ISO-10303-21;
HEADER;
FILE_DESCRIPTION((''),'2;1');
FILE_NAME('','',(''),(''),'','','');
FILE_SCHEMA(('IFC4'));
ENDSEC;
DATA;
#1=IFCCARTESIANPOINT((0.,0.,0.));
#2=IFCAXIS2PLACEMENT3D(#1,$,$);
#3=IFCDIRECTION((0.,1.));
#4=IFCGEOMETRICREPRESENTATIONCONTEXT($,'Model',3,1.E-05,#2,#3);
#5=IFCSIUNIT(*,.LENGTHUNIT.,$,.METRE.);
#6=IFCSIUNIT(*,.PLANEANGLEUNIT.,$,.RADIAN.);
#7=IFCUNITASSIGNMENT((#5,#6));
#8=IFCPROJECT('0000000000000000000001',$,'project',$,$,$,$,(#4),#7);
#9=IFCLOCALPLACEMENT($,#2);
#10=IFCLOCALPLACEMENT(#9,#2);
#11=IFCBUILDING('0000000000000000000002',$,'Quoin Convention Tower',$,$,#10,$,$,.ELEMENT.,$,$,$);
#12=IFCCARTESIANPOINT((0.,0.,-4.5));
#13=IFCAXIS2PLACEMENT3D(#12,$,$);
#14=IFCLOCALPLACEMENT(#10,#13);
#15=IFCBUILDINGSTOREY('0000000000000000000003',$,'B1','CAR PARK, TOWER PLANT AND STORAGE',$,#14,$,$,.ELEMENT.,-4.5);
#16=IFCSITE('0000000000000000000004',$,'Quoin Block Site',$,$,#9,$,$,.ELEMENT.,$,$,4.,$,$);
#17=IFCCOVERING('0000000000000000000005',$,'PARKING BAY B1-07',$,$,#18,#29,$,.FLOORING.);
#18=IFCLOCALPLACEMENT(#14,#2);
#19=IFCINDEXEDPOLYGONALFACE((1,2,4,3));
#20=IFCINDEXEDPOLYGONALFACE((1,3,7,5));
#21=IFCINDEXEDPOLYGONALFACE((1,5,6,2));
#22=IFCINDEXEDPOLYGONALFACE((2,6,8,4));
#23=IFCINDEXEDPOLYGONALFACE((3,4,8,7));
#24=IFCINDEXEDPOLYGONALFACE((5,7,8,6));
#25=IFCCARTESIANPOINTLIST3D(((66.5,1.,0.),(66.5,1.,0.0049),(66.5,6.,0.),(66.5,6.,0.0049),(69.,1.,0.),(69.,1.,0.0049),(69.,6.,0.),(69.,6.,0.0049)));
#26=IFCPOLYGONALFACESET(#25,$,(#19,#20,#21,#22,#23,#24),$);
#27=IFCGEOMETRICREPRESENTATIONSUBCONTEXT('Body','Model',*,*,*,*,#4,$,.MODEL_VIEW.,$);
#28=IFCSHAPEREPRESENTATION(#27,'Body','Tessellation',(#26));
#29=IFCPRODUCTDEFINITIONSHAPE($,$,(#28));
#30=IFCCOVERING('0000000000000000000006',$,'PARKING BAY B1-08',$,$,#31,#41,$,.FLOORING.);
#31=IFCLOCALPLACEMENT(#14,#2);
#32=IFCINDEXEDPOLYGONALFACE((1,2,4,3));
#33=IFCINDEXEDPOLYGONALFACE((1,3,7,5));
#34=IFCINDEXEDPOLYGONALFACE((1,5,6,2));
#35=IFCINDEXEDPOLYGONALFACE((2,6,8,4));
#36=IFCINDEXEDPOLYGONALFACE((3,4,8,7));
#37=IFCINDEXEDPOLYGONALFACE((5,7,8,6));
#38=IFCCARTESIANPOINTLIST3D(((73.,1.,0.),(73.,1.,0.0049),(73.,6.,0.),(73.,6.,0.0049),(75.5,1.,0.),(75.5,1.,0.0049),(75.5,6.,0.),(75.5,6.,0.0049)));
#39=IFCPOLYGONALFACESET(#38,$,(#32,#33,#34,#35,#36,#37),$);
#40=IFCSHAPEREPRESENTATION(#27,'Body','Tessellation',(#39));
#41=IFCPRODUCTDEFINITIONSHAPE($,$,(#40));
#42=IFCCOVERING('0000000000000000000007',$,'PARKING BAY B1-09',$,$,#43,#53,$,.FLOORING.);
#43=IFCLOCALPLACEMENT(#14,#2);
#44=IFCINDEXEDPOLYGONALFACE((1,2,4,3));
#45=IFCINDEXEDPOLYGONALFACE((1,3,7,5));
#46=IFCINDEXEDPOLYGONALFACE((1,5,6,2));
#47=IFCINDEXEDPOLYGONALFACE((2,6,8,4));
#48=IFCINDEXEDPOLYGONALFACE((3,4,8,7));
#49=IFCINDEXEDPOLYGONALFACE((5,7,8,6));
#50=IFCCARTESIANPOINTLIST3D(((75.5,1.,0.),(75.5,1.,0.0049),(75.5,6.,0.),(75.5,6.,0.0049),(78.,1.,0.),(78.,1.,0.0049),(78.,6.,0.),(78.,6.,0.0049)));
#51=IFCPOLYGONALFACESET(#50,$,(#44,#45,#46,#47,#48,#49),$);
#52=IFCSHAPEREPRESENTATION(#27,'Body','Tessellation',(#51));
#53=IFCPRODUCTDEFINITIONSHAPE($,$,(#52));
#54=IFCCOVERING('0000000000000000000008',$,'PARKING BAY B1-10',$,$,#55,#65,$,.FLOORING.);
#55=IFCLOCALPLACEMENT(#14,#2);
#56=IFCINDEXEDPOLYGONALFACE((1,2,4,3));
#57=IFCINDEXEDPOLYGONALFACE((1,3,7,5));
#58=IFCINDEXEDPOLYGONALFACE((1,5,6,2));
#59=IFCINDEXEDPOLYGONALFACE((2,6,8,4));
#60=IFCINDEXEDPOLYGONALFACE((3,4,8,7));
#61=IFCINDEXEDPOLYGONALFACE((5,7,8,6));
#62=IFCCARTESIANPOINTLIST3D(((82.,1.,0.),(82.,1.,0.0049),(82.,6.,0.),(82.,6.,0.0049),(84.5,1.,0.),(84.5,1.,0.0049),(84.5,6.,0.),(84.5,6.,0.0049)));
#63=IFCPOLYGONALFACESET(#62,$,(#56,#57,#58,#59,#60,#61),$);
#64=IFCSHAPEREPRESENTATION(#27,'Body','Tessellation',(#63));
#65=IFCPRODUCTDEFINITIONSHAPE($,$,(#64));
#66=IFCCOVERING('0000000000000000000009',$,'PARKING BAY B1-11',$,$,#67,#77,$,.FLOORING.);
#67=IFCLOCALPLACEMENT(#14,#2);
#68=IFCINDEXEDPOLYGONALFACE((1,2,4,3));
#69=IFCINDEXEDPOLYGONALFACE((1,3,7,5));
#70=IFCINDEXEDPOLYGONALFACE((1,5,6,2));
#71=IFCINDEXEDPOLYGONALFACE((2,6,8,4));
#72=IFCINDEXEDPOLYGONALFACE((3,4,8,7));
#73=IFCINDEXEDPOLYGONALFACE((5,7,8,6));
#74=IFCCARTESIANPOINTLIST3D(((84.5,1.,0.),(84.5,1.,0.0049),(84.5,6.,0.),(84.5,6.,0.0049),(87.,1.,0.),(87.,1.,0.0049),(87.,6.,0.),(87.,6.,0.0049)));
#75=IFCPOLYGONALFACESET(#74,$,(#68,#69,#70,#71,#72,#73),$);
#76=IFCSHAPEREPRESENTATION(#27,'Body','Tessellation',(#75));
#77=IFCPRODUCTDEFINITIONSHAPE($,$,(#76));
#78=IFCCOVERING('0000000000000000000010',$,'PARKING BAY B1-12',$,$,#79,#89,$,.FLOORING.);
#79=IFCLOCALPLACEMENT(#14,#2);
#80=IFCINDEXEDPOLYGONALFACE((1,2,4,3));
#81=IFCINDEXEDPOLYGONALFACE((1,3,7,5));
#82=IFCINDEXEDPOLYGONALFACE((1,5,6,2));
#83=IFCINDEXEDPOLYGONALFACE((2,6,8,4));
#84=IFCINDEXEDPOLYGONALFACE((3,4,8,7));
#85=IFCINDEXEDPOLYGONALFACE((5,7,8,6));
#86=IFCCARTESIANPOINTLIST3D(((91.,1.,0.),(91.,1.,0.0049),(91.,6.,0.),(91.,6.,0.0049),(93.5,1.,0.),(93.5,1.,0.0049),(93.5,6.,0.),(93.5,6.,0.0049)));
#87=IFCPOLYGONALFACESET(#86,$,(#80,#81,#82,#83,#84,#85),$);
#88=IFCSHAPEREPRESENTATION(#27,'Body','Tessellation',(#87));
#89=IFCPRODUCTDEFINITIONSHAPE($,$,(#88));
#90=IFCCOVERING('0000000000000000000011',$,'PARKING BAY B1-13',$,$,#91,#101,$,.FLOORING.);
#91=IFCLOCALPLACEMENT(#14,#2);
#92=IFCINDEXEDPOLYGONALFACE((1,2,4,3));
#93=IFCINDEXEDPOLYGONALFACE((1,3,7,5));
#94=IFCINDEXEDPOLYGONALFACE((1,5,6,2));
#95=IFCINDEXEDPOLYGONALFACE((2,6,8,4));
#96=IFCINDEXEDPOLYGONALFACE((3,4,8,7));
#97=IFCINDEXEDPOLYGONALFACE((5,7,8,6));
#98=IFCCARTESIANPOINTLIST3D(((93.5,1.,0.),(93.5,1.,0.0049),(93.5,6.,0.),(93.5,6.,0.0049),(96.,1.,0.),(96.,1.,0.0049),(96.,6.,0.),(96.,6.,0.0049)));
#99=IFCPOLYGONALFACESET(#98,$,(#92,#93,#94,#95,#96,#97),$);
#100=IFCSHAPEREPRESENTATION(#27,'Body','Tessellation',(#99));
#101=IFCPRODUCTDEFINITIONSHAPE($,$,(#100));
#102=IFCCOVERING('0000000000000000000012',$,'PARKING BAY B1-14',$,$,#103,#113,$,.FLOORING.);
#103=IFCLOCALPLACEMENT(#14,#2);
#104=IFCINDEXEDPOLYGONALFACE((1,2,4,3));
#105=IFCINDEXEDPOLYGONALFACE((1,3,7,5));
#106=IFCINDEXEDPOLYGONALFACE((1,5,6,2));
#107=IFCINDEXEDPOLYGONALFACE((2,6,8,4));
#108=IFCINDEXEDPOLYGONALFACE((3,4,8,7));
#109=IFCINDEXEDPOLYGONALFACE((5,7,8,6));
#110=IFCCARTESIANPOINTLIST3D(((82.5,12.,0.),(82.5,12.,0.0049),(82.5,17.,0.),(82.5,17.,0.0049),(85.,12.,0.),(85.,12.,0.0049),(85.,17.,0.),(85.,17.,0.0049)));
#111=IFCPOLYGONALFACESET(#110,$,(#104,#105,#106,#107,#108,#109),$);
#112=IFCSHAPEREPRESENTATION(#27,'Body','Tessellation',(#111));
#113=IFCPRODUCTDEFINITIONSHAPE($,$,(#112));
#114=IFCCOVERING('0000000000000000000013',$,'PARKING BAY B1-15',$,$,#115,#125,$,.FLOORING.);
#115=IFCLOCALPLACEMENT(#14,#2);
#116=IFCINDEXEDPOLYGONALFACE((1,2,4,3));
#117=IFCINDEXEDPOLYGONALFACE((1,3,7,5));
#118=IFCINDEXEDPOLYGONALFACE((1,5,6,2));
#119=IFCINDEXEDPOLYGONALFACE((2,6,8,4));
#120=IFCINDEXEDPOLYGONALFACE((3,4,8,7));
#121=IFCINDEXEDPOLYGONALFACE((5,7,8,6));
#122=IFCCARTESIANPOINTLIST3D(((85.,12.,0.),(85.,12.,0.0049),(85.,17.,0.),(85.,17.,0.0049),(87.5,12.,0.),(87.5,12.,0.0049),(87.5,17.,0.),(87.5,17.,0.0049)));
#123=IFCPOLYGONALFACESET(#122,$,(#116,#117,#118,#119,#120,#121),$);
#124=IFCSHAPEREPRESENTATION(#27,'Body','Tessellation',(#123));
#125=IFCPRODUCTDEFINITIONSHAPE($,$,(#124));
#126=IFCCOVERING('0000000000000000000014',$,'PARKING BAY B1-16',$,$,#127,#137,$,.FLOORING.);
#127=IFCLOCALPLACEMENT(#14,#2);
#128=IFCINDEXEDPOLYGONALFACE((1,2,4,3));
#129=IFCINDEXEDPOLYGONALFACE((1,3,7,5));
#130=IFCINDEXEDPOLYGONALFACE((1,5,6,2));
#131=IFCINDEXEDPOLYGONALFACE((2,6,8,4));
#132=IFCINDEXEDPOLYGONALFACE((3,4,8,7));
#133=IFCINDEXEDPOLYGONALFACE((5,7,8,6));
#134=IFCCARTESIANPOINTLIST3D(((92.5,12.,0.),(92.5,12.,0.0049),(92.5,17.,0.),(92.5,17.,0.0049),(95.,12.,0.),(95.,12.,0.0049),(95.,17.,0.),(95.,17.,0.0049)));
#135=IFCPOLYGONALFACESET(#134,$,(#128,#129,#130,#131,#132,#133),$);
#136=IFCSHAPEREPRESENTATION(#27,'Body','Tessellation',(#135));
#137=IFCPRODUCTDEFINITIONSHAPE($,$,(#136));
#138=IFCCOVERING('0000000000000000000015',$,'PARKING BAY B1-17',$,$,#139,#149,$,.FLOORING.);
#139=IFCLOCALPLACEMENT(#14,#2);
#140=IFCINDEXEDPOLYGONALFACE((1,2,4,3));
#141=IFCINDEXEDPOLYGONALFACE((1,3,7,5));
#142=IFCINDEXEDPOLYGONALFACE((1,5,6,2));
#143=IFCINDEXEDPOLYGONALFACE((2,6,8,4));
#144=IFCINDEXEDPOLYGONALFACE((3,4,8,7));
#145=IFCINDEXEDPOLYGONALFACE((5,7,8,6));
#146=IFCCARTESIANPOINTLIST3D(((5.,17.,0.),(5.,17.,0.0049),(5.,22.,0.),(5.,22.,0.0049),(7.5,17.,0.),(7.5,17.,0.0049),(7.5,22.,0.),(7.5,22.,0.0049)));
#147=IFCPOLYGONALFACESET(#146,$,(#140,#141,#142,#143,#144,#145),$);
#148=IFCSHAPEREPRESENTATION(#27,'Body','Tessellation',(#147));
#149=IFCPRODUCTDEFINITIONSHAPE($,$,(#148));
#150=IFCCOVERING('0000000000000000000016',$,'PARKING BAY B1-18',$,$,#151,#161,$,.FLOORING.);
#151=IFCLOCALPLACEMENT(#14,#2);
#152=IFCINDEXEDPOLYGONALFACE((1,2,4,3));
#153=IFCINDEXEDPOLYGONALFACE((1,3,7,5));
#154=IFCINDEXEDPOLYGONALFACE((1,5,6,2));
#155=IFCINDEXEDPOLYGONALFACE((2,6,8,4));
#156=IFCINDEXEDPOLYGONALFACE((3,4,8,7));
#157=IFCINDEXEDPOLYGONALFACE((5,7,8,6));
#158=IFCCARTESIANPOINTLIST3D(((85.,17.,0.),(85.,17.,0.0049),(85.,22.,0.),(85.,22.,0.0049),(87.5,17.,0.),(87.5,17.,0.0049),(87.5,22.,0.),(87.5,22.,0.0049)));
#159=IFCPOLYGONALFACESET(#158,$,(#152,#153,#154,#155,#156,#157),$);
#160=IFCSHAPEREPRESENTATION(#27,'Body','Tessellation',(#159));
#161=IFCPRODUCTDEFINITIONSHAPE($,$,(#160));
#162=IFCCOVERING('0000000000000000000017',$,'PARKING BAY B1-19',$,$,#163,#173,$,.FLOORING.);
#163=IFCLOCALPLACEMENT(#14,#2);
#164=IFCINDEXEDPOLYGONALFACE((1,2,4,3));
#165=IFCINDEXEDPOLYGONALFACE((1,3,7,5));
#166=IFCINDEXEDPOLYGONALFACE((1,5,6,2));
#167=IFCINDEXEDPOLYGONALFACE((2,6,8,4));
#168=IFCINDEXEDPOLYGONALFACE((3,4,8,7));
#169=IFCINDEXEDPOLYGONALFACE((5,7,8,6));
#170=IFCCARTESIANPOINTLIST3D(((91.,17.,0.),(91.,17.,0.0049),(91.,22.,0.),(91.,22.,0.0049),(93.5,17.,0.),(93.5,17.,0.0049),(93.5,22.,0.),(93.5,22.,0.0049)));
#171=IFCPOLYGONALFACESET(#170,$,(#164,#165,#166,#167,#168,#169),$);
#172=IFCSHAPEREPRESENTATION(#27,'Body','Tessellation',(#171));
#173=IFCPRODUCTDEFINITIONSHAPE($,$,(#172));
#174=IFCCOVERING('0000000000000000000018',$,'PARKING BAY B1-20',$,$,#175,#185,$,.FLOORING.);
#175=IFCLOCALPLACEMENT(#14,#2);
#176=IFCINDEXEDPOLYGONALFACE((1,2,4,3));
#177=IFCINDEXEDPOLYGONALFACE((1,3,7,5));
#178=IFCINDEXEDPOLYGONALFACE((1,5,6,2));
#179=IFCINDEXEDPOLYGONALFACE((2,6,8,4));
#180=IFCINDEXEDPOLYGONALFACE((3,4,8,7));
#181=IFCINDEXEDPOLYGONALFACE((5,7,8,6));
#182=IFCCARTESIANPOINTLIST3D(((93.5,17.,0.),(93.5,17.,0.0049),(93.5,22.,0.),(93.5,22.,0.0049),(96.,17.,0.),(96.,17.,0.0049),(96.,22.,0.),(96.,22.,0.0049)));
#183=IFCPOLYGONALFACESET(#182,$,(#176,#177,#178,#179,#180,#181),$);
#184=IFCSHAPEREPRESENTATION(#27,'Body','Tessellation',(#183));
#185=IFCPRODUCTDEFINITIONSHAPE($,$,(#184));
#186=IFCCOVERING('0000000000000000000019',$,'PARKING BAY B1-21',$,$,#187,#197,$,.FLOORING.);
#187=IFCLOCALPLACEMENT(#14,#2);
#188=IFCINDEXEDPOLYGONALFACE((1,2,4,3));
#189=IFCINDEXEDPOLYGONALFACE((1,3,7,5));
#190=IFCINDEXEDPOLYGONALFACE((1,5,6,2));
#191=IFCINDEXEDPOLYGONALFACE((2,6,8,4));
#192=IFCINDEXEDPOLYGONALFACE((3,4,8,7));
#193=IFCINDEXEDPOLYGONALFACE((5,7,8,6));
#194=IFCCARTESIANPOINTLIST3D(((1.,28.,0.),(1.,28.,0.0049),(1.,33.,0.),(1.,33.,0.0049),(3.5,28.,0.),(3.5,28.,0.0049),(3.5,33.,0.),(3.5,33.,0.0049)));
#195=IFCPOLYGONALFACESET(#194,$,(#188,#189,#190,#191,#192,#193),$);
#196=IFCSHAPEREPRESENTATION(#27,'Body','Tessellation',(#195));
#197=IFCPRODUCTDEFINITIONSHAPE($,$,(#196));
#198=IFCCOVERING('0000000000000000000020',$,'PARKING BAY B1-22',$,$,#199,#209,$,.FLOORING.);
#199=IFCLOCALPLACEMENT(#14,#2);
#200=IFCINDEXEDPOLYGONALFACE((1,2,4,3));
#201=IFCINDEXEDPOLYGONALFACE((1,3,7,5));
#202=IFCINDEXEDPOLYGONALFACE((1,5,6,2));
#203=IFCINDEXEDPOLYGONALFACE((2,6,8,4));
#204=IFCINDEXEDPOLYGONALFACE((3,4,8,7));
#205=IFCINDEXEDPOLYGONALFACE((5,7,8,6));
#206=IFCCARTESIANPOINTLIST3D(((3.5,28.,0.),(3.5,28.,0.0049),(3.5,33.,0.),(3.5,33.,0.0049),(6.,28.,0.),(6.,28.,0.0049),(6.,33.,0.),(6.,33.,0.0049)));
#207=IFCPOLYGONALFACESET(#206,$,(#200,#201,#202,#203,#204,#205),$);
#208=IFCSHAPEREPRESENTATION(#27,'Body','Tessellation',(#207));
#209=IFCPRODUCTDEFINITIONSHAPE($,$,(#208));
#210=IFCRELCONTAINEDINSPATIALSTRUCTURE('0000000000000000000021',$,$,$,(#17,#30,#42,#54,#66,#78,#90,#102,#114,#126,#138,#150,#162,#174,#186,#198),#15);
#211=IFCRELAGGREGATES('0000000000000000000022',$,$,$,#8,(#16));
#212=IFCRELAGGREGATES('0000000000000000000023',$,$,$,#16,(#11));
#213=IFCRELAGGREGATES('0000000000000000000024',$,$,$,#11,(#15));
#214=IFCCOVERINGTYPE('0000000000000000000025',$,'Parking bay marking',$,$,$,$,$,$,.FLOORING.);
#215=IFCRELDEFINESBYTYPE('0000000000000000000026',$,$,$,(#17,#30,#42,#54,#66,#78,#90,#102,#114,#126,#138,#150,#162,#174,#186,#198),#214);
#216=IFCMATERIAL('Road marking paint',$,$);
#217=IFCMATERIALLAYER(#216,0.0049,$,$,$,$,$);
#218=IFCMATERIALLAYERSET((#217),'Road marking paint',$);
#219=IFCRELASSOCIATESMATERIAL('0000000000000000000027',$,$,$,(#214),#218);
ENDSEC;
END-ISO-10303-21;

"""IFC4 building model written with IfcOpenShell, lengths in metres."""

from ifc_helpers import new_model, si_unit, direction, frame, origin, place, context, subcontext, project, spatial, polyline, outline, extrude, material, layer, layer_set, type_object, element, save


model = new_model("IFC4")

# Units and contexts
model_context = context("Model", 3, precision=1e-05, world=origin(), true_north=direction((0.0, 1.0)))
body_context = subcontext(model_context, "Body", "Model", "MODEL_VIEW")
ifc_project = project(units=[si_unit("LENGTHUNIT", "METRE"), si_unit("PLANEANGLEUNIT", "RADIAN")], contexts=[model_context])

# Site, building, storey
site_placement = place(None, origin())
site = spatial("IfcSite", under=ifc_project, at=site_placement, Name="Quoin Block Site", CompositionType="ELEMENT", RefElevation=4.0)
building_placement = place(site_placement, origin())
building = spatial("IfcBuilding", under=site, at=building_placement, Name="Quoin Convention Tower", CompositionType="ELEMENT")
storey_placement = place(building_placement, frame((0.0, 0.0, -4.5)))
storey = spatial("IfcBuildingStorey", under=building, at=storey_placement, Name="B1", Description="CAR PARK, TOWER PLANT AND STORAGE", CompositionType="ELEMENT", Elevation=-4.5)

# Coverings
ifc_material_1 = material(Name="Road marking paint")
ifc_layer_1 = layer(ifc_material_1, 0.0049)
ifc_layer_set_1 = layer_set([ifc_layer_1], Name="Road marking paint")
covering_type = type_object("IfcCoveringType", Name="Parking bay marking", PredefinedType="FLOORING", material=ifc_layer_set_1)
covering_1_placement = place(storey_placement, origin())
element("IfcCovering", 1, at=covering_1_placement, inside=storey, type_object=covering_type, Name="PARKING BAY B1-07", PredefinedType="FLOORING", context=body_context, shape_type="SweptSolid", body=[
    extrude(outline(polyline([(66.5, 1.0), (69.0, 1.0), (69.0, 6.0), (66.5, 6.0), (66.5, 1.0)])), origin(), (0.0, 0.0, 1.0), 0.0049),
])
covering_2_placement = place(storey_placement, origin())
element("IfcCovering", 2, at=covering_2_placement, inside=storey, type_object=covering_type, Name="PARKING BAY B1-08", PredefinedType="FLOORING", context=body_context, shape_type="SweptSolid", body=[
    extrude(outline(polyline([(73.0, 1.0), (75.5, 1.0), (75.5, 6.0), (73.0, 6.0), (73.0, 1.0)])), origin(), (0.0, 0.0, 1.0), 0.0049),
])
covering_3_placement = place(storey_placement, origin())
element("IfcCovering", 3, at=covering_3_placement, inside=storey, type_object=covering_type, Name="PARKING BAY B1-09", PredefinedType="FLOORING", context=body_context, shape_type="SweptSolid", body=[
    extrude(outline(polyline([(75.5, 1.0), (78.0, 1.0), (78.0, 6.0), (75.5, 6.0), (75.5, 1.0)])), origin(), (0.0, 0.0, 1.0), 0.0049),
])
covering_4_placement = place(storey_placement, origin())
element("IfcCovering", 4, at=covering_4_placement, inside=storey, type_object=covering_type, Name="PARKING BAY B1-10", PredefinedType="FLOORING", context=body_context, shape_type="SweptSolid", body=[
    extrude(outline(polyline([(82.0, 1.0), (84.5, 1.0), (84.5, 6.0), (82.0, 6.0), (82.0, 1.0)])), origin(), (0.0, 0.0, 1.0), 0.0049),
])
covering_5_placement = place(storey_placement, origin())
element("IfcCovering", 5, at=covering_5_placement, inside=storey, type_object=covering_type, Name="PARKING BAY B1-11", PredefinedType="FLOORING", context=body_context, shape_type="SweptSolid", body=[
    extrude(outline(polyline([(84.5, 1.0), (87.0, 1.0), (87.0, 6.0), (84.5, 6.0), (84.5, 1.0)])), origin(), (0.0, 0.0, 1.0), 0.0049),
])
covering_6_placement = place(storey_placement, origin())
element("IfcCovering", 6, at=covering_6_placement, inside=storey, type_object=covering_type, Name="PARKING BAY B1-12", PredefinedType="FLOORING", context=body_context, shape_type="SweptSolid", body=[
    extrude(outline(polyline([(91.0, 1.0), (93.5, 1.0), (93.5, 6.0), (91.0, 6.0), (91.0, 1.0)])), origin(), (0.0, 0.0, 1.0), 0.0049),
])
covering_7_placement = place(storey_placement, origin())
element("IfcCovering", 7, at=covering_7_placement, inside=storey, type_object=covering_type, Name="PARKING BAY B1-13", PredefinedType="FLOORING", context=body_context, shape_type="SweptSolid", body=[
    extrude(outline(polyline([(93.5, 1.0), (96.0, 1.0), (96.0, 6.0), (93.5, 6.0), (93.5, 1.0)])), origin(), (0.0, 0.0, 1.0), 0.0049),
])
covering_8_placement = place(storey_placement, origin())
element("IfcCovering", 8, at=covering_8_placement, inside=storey, type_object=covering_type, Name="PARKING BAY B1-14", PredefinedType="FLOORING", context=body_context, shape_type="SweptSolid", body=[
    extrude(outline(polyline([(82.5, 12.0), (85.0, 12.0), (85.0, 17.0), (82.5, 17.0), (82.5, 12.0)])), origin(), (0.0, 0.0, 1.0), 0.0049),
])
covering_9_placement = place(storey_placement, origin())
element("IfcCovering", 9, at=covering_9_placement, inside=storey, type_object=covering_type, Name="PARKING BAY B1-15", PredefinedType="FLOORING", context=body_context, shape_type="SweptSolid", body=[
    extrude(outline(polyline([(85.0, 12.0), (87.5, 12.0), (87.5, 17.0), (85.0, 17.0), (85.0, 12.0)])), origin(), (0.0, 0.0, 1.0), 0.0049),
])
covering_10_placement = place(storey_placement, origin())
element("IfcCovering", 10, at=covering_10_placement, inside=storey, type_object=covering_type, Name="PARKING BAY B1-16", PredefinedType="FLOORING", context=body_context, shape_type="SweptSolid", body=[
    extrude(outline(polyline([(92.5, 12.0), (95.0, 12.0), (95.0, 17.0), (92.5, 17.0), (92.5, 12.0)])), origin(), (0.0, 0.0, 1.0), 0.0049),
])
covering_11_placement = place(storey_placement, origin())
element("IfcCovering", 11, at=covering_11_placement, inside=storey, type_object=covering_type, Name="PARKING BAY B1-17", PredefinedType="FLOORING", context=body_context, shape_type="SweptSolid", body=[
    extrude(outline(polyline([(5.0, 17.0), (7.5, 17.0), (7.5, 22.0), (5.0, 22.0), (5.0, 17.0)])), origin(), (0.0, 0.0, 1.0), 0.0049),
])
covering_12_placement = place(storey_placement, origin())
element("IfcCovering", 12, at=covering_12_placement, inside=storey, type_object=covering_type, Name="PARKING BAY B1-18", PredefinedType="FLOORING", context=body_context, shape_type="SweptSolid", body=[
    extrude(outline(polyline([(85.0, 17.0), (87.5, 17.0), (87.5, 22.0), (85.0, 22.0), (85.0, 17.0)])), origin(), (0.0, 0.0, 1.0), 0.0049),
])
covering_13_placement = place(storey_placement, origin())
element("IfcCovering", 13, at=covering_13_placement, inside=storey, type_object=covering_type, Name="PARKING BAY B1-19", PredefinedType="FLOORING", context=body_context, shape_type="SweptSolid", body=[
    extrude(outline(polyline([(91.0, 17.0), (93.5, 17.0), (93.5, 22.0), (91.0, 22.0), (91.0, 17.0)])), origin(), (0.0, 0.0, 1.0), 0.0049),
])
covering_14_placement = place(storey_placement, origin())
element("IfcCovering", 14, at=covering_14_placement, inside=storey, type_object=covering_type, Name="PARKING BAY B1-20", PredefinedType="FLOORING", context=body_context, shape_type="SweptSolid", body=[
    extrude(outline(polyline([(93.5, 17.0), (96.0, 17.0), (96.0, 22.0), (93.5, 22.0), (93.5, 17.0)])), origin(), (0.0, 0.0, 1.0), 0.0049),
])
covering_15_placement = place(storey_placement, origin())
element("IfcCovering", 15, at=covering_15_placement, inside=storey, type_object=covering_type, Name="PARKING BAY B1-21", PredefinedType="FLOORING", context=body_context, shape_type="SweptSolid", body=[
    extrude(outline(polyline([(1.0, 28.0), (3.5, 28.0), (3.5, 33.0), (1.0, 33.0), (1.0, 28.0)])), origin(), (0.0, 0.0, 1.0), 0.0049),
])
covering_16_placement = place(storey_placement, origin())
element("IfcCovering", 16, at=covering_16_placement, inside=storey, type_object=covering_type, Name="PARKING BAY B1-22", PredefinedType="FLOORING", context=body_context, shape_type="SweptSolid", body=[
    extrude(outline(polyline([(3.5, 28.0), (6.0, 28.0), (6.0, 33.0), (3.5, 33.0), (3.5, 28.0)])), origin(), (0.0, 0.0, 1.0), 0.0049),
])

save(model, "model.ifc")
